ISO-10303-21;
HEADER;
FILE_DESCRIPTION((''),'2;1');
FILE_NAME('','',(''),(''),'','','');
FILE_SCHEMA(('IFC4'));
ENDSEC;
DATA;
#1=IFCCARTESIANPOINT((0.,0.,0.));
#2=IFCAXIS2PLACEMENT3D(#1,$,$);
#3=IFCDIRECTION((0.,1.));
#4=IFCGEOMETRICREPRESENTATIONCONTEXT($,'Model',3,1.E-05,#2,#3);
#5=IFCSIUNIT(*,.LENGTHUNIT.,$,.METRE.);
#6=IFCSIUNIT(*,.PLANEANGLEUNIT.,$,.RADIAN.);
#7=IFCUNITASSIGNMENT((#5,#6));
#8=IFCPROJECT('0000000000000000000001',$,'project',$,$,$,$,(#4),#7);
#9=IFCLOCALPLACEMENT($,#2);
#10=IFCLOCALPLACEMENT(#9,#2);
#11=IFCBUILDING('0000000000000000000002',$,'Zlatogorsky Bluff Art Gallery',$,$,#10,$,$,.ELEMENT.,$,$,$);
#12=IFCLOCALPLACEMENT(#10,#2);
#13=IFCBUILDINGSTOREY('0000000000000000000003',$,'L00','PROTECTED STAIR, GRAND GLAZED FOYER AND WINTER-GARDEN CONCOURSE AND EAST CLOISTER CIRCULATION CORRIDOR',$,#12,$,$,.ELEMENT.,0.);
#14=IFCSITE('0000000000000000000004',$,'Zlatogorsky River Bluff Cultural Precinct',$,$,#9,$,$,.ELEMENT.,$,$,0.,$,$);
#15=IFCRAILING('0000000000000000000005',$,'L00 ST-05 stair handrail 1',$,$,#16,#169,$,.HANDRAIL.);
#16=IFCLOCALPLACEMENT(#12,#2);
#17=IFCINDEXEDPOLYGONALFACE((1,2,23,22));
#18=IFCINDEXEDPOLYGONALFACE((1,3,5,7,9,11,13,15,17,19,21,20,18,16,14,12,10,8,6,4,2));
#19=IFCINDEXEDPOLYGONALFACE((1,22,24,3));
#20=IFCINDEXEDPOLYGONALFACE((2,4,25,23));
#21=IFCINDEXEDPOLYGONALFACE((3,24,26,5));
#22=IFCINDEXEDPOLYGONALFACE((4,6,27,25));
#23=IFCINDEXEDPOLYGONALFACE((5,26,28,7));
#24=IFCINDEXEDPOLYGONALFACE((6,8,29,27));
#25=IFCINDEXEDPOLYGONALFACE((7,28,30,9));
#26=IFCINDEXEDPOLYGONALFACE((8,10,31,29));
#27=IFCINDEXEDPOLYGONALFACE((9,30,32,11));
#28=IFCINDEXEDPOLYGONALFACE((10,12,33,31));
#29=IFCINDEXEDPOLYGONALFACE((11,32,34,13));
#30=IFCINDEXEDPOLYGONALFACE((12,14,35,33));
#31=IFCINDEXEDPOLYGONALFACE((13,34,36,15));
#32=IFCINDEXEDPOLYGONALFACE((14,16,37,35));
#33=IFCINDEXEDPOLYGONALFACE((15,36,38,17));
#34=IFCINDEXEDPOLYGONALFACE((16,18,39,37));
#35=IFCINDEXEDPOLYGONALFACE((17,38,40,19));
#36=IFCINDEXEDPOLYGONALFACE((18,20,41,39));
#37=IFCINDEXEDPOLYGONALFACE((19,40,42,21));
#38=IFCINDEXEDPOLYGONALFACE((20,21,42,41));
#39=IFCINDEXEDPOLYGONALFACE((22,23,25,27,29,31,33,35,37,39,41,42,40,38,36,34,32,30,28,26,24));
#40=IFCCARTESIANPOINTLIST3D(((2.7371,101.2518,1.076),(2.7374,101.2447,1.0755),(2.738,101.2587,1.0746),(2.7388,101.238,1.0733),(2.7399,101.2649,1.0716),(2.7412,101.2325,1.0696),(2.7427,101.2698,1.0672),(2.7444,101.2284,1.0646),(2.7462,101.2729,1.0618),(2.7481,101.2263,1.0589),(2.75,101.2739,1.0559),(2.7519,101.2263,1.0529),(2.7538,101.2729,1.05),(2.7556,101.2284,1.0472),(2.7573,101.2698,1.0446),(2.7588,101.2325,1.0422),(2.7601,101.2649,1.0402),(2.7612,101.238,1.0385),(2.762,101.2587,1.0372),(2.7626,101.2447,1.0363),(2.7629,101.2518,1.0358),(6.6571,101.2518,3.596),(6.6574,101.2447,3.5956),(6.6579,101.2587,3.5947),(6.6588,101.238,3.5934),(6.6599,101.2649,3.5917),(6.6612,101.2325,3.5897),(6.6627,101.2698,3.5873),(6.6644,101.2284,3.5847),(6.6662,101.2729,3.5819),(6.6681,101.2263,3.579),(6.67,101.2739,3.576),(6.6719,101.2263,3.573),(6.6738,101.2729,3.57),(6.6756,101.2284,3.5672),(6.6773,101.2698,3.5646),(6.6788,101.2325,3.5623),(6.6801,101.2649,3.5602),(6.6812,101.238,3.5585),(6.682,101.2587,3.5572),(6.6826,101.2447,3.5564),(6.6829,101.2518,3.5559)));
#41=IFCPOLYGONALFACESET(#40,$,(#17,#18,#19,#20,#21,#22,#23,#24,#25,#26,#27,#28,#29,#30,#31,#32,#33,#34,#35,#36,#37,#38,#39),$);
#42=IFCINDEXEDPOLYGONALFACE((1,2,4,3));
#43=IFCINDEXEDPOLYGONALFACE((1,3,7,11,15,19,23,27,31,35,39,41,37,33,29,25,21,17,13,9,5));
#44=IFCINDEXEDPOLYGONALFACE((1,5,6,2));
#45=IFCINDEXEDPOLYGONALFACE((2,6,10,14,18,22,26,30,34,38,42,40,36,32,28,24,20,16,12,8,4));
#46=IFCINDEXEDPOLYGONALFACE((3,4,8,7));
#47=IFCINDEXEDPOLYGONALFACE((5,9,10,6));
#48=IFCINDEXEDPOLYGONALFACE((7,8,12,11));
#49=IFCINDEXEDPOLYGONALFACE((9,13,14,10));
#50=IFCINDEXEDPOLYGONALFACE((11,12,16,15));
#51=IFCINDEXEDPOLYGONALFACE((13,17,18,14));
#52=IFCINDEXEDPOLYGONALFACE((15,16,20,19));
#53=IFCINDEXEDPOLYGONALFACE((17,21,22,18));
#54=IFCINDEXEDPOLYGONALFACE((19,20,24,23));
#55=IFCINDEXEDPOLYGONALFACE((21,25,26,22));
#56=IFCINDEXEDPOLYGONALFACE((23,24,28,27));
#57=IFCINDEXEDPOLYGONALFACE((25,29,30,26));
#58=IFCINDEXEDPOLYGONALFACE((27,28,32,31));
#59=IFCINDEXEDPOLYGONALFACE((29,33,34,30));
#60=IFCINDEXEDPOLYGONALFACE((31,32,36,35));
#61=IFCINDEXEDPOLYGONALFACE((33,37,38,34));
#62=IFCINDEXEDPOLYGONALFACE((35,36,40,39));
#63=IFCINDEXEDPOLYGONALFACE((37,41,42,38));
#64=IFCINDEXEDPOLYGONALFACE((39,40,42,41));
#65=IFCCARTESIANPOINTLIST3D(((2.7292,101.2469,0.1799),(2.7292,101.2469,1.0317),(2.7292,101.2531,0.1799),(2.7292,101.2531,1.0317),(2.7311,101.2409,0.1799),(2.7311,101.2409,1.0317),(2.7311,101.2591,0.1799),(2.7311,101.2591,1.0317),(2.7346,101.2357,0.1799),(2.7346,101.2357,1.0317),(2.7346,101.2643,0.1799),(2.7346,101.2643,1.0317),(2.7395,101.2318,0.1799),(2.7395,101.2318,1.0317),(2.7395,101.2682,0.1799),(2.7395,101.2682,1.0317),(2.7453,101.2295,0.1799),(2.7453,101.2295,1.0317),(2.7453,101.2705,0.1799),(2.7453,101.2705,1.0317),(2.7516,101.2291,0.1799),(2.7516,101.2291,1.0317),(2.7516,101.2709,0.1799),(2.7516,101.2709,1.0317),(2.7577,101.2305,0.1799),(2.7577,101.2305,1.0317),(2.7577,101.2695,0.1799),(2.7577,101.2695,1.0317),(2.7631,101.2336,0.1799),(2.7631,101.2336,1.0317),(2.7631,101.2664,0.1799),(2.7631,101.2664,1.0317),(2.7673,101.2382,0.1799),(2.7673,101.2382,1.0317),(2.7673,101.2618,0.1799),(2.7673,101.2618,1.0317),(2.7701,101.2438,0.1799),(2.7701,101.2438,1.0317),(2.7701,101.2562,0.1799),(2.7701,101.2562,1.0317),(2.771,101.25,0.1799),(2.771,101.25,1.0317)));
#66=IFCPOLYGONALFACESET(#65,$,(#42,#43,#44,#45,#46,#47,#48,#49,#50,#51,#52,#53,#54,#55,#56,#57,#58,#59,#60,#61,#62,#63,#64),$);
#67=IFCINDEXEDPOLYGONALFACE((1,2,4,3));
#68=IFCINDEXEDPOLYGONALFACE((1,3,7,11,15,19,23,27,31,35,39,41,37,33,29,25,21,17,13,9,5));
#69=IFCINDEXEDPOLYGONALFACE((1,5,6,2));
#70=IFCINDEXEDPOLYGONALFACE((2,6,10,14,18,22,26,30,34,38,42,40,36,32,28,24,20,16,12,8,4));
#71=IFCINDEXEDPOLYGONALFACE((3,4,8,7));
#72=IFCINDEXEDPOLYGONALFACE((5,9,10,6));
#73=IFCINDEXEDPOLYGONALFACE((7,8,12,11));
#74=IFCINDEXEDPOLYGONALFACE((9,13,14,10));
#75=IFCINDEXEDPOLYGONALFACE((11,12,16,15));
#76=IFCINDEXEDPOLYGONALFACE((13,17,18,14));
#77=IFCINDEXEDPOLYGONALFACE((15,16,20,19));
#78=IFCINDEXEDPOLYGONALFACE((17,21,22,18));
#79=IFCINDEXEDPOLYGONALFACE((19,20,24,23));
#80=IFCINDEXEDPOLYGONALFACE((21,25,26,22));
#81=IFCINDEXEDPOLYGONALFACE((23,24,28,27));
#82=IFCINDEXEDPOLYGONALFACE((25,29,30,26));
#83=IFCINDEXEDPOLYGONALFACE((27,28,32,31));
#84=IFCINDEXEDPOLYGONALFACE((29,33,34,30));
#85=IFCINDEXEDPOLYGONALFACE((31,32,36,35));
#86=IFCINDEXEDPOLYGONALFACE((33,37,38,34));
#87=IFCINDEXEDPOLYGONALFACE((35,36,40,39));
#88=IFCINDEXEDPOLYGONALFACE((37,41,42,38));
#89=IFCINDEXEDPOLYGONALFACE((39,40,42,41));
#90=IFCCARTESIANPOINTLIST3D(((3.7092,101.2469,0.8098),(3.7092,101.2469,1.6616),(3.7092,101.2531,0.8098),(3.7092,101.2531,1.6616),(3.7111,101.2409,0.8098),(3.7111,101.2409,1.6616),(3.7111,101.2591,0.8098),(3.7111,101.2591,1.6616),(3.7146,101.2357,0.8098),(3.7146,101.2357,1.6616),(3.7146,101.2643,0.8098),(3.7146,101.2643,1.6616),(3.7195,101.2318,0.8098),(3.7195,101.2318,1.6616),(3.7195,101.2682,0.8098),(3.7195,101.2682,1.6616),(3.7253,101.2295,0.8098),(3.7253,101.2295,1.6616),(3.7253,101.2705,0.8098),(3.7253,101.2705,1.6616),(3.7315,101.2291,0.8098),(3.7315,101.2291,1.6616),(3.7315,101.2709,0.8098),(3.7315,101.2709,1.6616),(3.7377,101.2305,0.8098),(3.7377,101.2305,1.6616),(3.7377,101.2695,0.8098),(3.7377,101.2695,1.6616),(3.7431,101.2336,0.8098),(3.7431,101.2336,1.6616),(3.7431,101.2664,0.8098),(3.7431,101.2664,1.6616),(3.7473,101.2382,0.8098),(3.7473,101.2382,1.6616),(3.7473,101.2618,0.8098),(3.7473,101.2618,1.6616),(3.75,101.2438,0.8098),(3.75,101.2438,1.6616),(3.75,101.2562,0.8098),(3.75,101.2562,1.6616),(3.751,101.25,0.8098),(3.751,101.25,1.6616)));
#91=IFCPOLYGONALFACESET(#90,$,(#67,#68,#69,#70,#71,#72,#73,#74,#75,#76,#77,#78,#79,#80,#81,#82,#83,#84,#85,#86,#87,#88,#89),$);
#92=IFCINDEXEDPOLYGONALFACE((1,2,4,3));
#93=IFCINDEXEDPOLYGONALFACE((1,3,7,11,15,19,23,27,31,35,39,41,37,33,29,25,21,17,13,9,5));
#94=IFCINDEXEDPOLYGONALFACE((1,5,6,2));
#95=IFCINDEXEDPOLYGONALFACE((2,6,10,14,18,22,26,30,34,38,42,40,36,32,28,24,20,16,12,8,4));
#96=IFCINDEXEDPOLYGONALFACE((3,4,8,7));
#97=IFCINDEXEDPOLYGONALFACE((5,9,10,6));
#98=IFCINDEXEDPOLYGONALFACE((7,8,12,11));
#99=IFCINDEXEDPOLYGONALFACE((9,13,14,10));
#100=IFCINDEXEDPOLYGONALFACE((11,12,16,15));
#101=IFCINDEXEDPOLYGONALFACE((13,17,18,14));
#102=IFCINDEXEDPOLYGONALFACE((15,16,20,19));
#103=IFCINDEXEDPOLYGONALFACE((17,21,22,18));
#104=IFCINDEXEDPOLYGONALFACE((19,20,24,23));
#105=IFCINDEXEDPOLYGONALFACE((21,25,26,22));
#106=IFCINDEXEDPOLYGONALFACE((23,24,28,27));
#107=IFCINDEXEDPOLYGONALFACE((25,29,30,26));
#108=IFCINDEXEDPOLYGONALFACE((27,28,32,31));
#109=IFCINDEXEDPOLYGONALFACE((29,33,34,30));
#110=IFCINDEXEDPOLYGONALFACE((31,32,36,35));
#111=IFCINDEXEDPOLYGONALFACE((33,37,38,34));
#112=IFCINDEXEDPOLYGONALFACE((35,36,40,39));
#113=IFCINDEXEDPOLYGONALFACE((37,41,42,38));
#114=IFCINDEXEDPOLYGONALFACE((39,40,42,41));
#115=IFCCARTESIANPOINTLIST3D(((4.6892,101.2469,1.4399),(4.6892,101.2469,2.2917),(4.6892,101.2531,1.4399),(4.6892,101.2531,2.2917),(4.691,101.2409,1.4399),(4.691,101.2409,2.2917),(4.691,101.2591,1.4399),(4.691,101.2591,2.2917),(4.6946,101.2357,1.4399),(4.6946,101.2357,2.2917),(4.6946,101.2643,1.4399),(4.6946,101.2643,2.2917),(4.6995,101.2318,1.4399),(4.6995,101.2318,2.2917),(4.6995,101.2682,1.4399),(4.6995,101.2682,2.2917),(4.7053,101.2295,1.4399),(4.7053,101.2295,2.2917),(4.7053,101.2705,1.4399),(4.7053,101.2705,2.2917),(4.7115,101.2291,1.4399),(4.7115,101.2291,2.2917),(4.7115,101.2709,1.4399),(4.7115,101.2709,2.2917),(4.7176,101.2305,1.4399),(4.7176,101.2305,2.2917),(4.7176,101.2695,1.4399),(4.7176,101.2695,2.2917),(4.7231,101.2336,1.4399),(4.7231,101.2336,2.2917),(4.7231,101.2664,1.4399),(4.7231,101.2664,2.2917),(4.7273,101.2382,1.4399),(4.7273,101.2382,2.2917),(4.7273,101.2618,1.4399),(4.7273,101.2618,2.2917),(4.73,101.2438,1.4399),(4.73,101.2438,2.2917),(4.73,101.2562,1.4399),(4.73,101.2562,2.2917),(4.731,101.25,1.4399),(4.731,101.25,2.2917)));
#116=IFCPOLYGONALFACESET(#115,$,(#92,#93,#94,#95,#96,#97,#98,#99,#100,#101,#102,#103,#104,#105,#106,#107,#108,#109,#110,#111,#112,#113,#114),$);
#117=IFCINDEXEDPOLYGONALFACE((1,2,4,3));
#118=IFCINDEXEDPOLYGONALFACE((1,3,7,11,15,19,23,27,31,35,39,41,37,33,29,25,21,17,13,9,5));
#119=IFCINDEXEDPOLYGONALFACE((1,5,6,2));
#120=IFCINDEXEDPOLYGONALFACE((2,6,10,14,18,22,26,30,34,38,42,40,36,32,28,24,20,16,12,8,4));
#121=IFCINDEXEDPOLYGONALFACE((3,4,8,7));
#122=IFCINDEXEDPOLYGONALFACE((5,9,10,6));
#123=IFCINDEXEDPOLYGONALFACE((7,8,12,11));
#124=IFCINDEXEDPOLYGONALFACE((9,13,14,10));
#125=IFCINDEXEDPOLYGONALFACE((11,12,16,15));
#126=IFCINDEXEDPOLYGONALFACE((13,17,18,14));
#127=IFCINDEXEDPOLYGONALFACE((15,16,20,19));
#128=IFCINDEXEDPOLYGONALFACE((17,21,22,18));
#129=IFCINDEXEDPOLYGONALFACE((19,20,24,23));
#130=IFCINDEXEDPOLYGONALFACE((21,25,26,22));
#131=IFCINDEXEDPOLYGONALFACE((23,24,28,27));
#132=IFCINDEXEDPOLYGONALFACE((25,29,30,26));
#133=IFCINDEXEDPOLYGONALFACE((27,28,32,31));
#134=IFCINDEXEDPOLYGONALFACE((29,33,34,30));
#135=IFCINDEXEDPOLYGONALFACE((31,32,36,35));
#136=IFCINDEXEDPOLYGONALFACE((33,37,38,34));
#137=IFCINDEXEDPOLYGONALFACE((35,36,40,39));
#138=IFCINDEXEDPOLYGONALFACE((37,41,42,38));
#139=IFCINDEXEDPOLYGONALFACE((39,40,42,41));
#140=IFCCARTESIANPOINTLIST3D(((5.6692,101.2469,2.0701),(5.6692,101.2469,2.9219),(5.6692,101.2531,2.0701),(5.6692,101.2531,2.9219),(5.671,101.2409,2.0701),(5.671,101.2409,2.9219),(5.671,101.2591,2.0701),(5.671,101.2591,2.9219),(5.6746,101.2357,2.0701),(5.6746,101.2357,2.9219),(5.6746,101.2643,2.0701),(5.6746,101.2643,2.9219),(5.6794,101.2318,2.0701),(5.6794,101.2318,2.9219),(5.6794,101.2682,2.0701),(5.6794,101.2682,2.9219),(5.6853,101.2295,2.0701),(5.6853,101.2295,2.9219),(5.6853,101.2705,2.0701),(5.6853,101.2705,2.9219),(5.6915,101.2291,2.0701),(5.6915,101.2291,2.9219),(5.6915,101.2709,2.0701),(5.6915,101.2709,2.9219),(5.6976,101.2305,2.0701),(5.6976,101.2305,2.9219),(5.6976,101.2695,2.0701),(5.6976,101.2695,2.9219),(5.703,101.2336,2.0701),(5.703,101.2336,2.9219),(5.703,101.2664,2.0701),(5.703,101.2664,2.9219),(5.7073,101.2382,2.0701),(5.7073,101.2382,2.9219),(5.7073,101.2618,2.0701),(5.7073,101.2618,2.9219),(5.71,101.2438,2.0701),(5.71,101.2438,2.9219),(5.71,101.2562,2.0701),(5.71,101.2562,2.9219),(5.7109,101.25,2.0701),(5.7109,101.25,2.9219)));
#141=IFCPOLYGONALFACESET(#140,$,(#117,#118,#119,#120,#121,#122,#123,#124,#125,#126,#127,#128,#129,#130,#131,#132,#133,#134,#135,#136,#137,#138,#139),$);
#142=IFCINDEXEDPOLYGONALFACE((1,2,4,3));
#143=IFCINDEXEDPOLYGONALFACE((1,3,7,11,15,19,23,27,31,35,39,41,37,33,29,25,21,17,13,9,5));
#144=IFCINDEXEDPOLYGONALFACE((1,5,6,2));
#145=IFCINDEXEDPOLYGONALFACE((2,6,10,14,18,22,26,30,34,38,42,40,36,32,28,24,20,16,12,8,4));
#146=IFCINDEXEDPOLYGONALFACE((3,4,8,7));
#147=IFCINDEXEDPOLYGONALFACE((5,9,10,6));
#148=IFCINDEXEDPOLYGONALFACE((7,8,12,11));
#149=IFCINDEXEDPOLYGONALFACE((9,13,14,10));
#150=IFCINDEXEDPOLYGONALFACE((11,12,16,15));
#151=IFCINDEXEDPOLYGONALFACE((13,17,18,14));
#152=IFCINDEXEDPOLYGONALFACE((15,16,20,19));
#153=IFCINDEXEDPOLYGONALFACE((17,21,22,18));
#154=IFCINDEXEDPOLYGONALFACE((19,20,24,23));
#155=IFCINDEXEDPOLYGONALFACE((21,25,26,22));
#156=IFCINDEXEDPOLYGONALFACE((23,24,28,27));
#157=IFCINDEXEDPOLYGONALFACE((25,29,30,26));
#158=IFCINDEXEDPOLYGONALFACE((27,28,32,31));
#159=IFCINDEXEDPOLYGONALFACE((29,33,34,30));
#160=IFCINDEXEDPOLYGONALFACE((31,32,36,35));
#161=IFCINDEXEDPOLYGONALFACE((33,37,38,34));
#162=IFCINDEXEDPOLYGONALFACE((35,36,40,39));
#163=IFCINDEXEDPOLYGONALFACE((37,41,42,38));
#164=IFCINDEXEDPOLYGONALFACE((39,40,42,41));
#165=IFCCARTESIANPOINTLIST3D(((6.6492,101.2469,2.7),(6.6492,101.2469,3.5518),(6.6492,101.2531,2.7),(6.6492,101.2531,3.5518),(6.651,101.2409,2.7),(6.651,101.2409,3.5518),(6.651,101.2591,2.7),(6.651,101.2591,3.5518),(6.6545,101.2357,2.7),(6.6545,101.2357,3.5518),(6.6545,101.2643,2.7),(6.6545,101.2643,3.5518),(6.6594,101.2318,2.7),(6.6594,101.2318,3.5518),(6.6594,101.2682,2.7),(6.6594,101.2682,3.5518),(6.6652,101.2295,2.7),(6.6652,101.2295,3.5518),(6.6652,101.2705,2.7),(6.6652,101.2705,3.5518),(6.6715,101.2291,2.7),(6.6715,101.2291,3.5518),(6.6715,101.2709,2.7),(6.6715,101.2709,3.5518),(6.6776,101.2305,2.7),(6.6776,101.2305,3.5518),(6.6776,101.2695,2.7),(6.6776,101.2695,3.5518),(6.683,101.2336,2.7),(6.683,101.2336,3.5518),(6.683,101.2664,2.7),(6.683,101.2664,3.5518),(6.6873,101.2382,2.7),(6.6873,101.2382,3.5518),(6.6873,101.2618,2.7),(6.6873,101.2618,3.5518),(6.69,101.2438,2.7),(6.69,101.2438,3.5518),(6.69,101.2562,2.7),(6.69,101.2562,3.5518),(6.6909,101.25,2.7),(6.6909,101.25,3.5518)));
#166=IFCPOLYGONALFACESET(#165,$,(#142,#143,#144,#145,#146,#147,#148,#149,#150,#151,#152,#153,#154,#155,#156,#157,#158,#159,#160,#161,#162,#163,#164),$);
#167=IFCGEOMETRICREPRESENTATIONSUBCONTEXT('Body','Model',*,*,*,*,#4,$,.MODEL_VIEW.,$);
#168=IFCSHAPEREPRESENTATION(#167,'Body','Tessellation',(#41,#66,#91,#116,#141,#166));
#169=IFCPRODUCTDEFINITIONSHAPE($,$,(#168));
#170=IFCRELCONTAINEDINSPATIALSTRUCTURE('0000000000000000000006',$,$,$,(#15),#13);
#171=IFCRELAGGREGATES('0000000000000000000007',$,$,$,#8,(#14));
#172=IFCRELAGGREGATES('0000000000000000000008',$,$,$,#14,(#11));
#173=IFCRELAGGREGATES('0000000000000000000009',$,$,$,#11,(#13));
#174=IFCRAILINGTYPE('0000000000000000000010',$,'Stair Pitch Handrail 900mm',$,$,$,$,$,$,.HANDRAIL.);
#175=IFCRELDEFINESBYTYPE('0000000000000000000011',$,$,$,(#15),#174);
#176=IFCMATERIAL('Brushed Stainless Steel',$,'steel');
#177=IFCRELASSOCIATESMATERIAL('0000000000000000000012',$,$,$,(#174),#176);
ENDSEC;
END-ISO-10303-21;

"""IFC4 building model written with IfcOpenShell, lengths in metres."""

from ifc_helpers import new_model, si_unit, direction, frame, origin, origin_2d, place, context, subcontext, project, spatial, circle, extrude, material, type_object, element, save


model = new_model("IFC4")

# Units and contexts
model_context = context("Model", 3, precision=1e-05, world=origin(), true_north=direction((0.0, 1.0)))
body_context = subcontext(model_context, "Body", "Model", "MODEL_VIEW")
ifc_project = project(units=[si_unit("LENGTHUNIT", "METRE"), si_unit("PLANEANGLEUNIT", "RADIAN")], contexts=[model_context])

# Site, building, storey
site_placement = place(None, origin())
site = spatial("IfcSite", under=ifc_project, at=site_placement, Name="Zlatogorsky River Bluff Cultural Precinct", CompositionType="ELEMENT", RefElevation=0.0)
building_placement = place(site_placement, origin())
building = spatial("IfcBuilding", under=site, at=building_placement, Name="Zlatogorsky Bluff Art Gallery", CompositionType="ELEMENT")
storey_placement = place(building_placement, origin())
storey = spatial("IfcBuildingStorey", under=building, at=storey_placement, Name="L00", Description="PROTECTED STAIR, GRAND GLAZED FOYER AND WINTER-GARDEN CONCOURSE AND EAST CLOISTER CIRCULATION CORRIDOR", CompositionType="ELEMENT", Elevation=0.0)

# Railing
ifc_material_1 = material(Name="Brushed Stainless Steel", Category="steel")
railing_type_1 = type_object("IfcRailingType", Name="Stair Pitch Handrail 900mm", PredefinedType="HANDRAIL", material=ifc_material_1)
railing_1_placement = place(storey_placement, frame((2.75, 101.25, 0.1799)))
element("IfcRailing", 1, at=railing_1_placement, inside=storey, type_object=railing_type_1, Name="L00 ST-05 stair handrail 1", PredefinedType="HANDRAIL", context=body_context, shape_type="SweptSolid", body=[
    extrude(circle(Radius=0.0239, at=origin_2d()), frame((0.0, 0.0, 0.876), z_axis=(0.841172, 0.0, 0.540768), x_axis=(0.0, 1.0, 0.0)), (0.0, 0.0, 1.0), 4.6602),
    extrude(circle(Radius=0.021, at=origin_2d()), origin(), (0.0, 0.0, 1.0), 0.8518),
    extrude(circle(Radius=0.021, at=origin_2d()), frame((0.98, 0.0, 0.6299)), (0.0, 0.0, 1.0), 0.8518),
    extrude(circle(Radius=0.021, at=origin_2d()), frame((1.96, 0.0, 1.26)), (0.0, 0.0, 1.0), 0.8518),
    extrude(circle(Radius=0.021, at=origin_2d()), frame((2.9399, 0.0, 1.8901)), (0.0, 0.0, 1.0), 0.8518),
    extrude(circle(Radius=0.021, at=origin_2d()), frame((3.9199, 0.0, 2.52)), (0.0, 0.0, 1.0), 0.8518),
])

save(model, "model.ifc")
